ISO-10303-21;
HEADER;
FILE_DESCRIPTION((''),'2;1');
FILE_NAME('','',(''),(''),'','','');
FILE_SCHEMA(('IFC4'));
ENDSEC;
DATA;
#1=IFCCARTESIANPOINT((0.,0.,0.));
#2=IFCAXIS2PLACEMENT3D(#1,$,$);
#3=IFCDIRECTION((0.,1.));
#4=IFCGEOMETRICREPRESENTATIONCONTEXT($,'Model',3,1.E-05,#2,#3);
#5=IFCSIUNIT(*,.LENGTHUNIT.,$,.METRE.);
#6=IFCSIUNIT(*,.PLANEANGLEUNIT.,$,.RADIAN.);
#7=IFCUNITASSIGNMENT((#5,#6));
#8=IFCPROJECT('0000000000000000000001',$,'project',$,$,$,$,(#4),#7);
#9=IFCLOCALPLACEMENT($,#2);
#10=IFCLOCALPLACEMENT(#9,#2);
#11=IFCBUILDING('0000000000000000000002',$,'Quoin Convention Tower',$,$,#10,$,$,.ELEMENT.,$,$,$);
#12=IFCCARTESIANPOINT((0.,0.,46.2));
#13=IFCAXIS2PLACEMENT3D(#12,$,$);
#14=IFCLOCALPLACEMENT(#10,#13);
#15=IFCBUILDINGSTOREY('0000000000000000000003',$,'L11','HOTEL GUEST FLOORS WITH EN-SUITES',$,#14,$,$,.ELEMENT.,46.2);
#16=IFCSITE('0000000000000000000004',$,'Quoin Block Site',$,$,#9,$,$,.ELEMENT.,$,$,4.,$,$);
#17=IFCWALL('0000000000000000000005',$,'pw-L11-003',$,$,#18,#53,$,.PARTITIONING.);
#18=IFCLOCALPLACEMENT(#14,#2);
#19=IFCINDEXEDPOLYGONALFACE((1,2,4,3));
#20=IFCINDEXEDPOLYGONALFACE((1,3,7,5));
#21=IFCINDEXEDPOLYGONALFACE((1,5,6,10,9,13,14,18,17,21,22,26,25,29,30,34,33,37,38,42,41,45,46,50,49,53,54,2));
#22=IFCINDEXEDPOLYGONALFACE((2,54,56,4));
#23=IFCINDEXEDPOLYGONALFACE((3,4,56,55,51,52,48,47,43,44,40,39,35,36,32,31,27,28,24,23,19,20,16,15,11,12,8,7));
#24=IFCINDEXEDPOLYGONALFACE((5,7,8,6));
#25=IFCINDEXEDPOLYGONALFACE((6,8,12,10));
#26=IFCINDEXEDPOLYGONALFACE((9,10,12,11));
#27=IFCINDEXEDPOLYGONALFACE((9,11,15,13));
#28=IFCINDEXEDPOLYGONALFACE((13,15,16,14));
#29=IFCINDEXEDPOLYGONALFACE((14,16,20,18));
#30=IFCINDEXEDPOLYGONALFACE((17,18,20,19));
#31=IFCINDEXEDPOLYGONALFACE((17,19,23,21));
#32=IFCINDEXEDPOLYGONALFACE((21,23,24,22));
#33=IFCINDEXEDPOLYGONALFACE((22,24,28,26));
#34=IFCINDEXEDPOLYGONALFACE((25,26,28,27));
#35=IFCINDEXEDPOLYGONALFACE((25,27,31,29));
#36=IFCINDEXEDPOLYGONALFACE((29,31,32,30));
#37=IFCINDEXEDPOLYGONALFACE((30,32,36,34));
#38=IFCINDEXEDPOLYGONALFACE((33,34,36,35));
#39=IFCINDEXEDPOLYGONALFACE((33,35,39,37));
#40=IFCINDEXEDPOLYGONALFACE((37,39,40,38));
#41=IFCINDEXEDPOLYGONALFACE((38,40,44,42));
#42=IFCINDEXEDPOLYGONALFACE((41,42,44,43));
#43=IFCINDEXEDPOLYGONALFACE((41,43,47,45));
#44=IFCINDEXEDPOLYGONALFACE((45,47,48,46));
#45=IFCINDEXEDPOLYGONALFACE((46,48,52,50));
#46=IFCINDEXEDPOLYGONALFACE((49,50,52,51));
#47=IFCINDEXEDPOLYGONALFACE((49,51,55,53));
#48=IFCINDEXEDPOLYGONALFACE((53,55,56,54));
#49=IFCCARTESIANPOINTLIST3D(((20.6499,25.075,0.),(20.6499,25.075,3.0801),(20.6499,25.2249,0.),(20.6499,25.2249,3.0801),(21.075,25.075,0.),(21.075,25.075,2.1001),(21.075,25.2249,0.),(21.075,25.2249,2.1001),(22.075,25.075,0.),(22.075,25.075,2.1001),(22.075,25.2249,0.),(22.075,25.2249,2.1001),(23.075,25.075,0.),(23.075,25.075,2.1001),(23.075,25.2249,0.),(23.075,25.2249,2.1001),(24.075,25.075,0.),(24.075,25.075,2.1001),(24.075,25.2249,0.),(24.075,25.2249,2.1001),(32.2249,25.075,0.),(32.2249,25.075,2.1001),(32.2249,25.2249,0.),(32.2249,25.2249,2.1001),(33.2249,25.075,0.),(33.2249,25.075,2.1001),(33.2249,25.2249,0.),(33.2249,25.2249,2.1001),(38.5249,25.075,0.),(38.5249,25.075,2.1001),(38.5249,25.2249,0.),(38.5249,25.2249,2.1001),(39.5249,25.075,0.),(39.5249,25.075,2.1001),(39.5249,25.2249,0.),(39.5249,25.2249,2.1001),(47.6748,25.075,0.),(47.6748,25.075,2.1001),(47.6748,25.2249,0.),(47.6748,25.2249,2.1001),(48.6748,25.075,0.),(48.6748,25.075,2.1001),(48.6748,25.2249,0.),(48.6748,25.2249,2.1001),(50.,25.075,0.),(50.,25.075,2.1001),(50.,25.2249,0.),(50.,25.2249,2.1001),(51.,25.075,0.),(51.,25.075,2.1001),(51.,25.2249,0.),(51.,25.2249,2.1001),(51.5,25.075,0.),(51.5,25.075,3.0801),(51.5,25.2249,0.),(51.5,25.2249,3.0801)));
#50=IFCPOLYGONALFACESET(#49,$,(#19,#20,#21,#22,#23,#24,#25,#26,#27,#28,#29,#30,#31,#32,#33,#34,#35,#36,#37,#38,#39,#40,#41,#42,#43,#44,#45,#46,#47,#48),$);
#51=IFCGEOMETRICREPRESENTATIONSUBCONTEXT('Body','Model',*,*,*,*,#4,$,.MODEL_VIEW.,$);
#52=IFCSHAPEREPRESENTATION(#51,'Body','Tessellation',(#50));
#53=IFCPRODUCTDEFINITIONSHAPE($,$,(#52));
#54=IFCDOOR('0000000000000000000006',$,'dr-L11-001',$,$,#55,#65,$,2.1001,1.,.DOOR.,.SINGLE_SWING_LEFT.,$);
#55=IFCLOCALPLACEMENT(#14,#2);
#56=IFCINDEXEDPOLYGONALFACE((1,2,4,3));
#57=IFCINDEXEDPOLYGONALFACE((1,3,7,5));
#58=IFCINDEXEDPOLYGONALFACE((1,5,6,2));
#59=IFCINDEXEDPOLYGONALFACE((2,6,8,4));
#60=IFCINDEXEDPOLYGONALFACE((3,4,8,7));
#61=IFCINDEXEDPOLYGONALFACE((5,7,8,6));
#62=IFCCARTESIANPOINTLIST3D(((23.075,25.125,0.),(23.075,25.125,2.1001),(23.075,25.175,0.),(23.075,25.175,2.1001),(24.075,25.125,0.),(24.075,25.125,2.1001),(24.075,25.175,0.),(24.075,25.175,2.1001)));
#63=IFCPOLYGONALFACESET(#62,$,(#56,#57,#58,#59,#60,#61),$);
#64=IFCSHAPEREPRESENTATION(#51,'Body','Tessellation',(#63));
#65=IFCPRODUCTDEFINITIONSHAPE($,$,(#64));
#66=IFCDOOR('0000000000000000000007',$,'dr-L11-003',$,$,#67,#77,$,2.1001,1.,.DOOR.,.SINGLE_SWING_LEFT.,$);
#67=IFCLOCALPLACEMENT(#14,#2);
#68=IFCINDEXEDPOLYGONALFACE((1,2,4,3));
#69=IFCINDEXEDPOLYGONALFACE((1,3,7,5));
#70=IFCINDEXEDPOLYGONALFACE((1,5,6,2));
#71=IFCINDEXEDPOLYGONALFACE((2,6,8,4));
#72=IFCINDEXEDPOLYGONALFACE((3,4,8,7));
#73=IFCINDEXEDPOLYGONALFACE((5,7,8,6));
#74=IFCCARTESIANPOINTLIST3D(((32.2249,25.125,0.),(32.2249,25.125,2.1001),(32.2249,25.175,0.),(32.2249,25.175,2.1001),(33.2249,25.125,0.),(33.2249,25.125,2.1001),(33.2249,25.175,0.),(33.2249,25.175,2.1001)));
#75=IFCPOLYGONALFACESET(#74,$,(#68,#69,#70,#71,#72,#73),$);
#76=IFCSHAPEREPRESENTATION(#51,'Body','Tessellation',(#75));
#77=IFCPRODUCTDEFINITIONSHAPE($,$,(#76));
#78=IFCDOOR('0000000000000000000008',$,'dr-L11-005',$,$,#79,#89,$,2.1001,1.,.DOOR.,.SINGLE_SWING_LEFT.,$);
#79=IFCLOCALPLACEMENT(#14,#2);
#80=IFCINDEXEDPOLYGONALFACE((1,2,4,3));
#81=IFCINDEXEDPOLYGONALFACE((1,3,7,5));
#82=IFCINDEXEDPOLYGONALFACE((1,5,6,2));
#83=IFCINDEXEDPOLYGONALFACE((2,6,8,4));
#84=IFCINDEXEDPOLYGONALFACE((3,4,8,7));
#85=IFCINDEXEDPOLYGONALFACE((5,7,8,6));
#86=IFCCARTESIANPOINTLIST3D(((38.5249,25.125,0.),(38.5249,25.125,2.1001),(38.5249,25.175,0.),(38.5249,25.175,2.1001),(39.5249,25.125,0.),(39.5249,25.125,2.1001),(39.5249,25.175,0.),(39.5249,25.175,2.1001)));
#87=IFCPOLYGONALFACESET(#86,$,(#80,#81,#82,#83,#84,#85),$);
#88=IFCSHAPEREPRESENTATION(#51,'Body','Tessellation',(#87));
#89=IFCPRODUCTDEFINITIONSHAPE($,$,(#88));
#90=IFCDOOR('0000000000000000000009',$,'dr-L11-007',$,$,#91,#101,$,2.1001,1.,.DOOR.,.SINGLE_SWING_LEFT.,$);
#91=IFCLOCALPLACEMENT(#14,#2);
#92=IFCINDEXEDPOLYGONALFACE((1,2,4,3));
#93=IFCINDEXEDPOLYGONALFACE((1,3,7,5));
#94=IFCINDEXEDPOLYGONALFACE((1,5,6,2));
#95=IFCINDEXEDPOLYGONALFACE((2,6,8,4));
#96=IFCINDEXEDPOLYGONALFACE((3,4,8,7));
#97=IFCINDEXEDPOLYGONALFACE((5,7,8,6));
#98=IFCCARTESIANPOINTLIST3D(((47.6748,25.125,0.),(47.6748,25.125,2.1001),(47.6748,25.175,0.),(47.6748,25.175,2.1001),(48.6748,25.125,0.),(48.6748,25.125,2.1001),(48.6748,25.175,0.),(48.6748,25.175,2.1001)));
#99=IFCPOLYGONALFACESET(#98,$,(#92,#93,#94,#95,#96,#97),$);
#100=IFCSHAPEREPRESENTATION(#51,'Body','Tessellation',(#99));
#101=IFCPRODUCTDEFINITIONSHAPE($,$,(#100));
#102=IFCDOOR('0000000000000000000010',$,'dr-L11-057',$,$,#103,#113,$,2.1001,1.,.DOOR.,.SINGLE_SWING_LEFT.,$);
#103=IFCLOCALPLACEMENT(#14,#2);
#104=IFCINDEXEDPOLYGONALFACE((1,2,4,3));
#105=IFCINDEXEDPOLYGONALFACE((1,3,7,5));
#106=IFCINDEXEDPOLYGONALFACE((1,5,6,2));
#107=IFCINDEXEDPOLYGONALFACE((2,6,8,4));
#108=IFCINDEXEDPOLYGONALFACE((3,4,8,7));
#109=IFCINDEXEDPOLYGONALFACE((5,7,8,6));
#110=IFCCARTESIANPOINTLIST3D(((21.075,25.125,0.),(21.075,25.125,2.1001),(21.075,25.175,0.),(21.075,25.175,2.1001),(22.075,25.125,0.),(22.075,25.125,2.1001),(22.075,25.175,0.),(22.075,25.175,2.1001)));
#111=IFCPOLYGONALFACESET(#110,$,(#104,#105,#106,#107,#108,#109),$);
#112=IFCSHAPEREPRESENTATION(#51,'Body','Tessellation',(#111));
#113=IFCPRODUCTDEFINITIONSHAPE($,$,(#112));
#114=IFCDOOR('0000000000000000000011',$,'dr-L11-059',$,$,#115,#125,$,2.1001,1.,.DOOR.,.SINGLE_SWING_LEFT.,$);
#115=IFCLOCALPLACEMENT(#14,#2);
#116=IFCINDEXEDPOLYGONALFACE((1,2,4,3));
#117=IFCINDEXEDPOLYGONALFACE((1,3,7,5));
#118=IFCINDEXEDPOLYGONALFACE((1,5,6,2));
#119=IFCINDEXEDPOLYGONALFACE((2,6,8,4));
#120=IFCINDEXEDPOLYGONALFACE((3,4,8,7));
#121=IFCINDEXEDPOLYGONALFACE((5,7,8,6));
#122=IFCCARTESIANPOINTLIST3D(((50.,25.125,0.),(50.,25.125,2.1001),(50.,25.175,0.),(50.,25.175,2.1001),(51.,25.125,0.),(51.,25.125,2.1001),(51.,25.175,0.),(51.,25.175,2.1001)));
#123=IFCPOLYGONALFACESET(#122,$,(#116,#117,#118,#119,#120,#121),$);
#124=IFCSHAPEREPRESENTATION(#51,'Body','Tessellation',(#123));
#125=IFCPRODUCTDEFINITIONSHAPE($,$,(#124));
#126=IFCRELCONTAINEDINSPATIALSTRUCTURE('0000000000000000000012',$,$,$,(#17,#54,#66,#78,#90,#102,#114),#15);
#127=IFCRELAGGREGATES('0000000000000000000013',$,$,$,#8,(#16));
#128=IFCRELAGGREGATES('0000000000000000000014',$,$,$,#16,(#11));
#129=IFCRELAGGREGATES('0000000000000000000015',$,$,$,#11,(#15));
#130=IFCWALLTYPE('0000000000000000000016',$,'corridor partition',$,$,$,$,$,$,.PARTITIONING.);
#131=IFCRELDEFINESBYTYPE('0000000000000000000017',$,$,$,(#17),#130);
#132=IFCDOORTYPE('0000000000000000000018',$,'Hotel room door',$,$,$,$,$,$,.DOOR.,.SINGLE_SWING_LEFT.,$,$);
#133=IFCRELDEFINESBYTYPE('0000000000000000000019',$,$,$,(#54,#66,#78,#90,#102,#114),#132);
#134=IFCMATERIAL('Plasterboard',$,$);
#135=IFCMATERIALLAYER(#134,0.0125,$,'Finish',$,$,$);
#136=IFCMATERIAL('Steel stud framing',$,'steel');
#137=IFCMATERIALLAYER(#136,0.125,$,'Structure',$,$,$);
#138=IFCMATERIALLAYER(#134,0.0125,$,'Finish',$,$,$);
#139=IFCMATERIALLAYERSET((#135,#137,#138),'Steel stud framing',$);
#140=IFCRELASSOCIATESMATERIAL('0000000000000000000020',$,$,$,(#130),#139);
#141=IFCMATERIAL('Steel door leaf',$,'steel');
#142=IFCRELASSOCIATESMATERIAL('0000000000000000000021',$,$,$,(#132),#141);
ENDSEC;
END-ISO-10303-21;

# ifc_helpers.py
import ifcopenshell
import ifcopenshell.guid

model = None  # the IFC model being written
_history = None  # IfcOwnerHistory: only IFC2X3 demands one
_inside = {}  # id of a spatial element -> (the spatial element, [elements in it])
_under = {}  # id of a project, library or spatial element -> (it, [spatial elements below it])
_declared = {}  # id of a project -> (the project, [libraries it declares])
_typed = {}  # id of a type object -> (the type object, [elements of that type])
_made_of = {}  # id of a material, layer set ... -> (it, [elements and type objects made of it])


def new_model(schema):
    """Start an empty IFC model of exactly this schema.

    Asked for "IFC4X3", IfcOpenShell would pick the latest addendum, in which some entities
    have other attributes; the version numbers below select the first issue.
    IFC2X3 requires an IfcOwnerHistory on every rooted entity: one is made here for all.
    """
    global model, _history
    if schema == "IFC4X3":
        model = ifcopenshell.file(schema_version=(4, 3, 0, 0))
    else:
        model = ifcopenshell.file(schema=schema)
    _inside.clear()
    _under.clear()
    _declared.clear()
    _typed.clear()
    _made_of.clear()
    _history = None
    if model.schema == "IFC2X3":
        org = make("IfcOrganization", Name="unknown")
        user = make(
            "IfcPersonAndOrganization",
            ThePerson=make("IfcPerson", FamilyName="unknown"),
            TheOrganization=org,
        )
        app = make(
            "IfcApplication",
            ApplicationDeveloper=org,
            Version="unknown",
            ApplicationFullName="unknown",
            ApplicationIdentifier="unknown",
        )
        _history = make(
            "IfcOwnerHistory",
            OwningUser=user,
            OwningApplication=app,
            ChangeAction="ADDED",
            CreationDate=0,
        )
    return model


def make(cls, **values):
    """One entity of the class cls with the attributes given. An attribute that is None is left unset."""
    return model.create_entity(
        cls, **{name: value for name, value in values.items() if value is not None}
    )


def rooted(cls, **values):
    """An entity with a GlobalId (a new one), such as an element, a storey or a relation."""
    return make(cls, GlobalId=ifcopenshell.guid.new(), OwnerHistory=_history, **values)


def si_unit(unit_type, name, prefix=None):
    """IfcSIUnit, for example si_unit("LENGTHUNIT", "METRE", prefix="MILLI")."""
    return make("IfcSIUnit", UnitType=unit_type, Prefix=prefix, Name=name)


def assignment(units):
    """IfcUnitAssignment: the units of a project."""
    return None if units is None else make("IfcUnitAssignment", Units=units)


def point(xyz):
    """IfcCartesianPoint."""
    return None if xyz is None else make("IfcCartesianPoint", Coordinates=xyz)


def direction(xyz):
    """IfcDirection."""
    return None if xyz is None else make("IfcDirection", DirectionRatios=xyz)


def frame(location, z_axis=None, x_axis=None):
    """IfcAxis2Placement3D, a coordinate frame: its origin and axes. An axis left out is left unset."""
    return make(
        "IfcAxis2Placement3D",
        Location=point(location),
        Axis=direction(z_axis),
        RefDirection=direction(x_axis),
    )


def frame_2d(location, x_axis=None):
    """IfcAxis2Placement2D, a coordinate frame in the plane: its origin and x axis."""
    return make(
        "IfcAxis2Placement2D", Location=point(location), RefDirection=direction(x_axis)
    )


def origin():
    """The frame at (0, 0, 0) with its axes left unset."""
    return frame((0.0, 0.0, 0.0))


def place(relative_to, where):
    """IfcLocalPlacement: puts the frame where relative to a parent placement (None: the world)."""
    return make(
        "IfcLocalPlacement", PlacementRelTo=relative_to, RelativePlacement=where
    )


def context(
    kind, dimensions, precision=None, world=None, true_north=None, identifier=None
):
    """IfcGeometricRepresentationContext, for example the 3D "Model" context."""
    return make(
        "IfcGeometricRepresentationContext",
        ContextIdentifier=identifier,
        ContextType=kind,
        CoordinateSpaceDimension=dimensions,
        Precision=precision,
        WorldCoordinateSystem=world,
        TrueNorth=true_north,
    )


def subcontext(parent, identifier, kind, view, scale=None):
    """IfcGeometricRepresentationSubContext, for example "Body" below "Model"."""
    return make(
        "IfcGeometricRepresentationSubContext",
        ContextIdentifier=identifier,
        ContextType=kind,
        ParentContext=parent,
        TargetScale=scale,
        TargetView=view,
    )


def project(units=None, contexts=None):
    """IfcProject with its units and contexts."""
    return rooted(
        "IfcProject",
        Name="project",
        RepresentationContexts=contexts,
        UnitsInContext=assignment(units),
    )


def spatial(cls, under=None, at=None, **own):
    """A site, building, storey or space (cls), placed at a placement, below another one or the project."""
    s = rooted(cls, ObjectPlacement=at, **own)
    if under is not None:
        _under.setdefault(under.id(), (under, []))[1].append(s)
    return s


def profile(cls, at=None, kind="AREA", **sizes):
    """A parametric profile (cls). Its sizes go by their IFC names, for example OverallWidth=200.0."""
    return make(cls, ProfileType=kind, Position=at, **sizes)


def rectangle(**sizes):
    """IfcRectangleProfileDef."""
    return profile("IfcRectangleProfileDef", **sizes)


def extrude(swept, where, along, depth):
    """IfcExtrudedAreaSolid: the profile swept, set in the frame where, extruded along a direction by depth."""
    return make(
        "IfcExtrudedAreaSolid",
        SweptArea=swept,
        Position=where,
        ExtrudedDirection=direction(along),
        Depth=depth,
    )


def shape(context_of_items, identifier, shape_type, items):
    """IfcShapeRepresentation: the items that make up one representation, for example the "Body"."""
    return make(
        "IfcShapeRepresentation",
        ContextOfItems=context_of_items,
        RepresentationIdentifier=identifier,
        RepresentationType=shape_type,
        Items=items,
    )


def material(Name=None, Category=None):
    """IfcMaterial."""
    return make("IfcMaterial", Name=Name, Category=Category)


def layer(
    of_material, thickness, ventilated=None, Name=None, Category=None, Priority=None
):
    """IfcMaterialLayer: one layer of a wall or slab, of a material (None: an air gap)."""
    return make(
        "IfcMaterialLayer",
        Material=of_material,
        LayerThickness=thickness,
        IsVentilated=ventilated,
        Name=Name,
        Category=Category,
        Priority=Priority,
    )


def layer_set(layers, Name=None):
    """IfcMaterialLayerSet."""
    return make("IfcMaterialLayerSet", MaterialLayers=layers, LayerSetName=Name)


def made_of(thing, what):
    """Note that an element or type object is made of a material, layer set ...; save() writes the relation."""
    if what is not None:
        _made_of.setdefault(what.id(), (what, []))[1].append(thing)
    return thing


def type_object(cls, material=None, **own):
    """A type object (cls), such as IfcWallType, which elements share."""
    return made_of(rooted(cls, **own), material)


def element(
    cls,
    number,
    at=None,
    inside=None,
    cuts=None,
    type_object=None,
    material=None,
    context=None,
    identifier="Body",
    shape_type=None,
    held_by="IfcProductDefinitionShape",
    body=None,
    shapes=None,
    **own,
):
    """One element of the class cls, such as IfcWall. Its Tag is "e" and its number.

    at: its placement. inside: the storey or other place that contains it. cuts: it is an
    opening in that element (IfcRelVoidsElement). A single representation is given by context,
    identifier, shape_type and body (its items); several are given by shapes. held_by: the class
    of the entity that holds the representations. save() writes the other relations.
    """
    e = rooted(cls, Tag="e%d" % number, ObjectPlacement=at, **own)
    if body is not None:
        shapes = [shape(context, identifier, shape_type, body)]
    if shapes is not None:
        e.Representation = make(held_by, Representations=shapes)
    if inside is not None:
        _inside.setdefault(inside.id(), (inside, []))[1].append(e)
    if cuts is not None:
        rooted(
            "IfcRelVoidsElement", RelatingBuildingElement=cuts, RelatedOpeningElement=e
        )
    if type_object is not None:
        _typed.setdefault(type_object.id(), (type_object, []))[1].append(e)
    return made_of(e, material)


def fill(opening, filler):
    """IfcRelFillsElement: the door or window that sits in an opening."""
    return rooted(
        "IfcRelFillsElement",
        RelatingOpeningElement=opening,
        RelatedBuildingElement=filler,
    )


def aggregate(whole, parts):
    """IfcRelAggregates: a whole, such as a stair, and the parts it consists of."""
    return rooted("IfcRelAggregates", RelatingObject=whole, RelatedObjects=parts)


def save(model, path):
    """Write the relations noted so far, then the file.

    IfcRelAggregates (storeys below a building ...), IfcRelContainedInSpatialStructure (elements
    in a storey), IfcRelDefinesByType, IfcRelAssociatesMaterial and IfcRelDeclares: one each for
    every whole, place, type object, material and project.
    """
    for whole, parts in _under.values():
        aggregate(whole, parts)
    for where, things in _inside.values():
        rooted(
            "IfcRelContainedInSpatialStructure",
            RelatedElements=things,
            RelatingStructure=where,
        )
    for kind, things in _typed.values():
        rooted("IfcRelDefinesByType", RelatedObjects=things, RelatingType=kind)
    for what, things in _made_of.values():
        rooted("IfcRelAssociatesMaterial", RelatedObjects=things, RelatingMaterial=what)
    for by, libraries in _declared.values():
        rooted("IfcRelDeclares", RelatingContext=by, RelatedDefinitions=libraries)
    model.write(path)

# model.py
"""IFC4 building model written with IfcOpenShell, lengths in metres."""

from ifc_helpers import new_model, si_unit, direction, frame, frame_2d, origin, place, context, subcontext, project, spatial, rectangle, extrude, material, layer, layer_set, type_object, element, fill, save


model = new_model("IFC4")

# Units and contexts
model_context = context("Model", 3, precision=1e-05, world=origin(), true_north=direction((0.0, 1.0)))
body_context = subcontext(model_context, "Body", "Model", "MODEL_VIEW")
ifc_project = project(units=[si_unit("LENGTHUNIT", "METRE"), si_unit("PLANEANGLEUNIT", "RADIAN")], contexts=[model_context])

# Site, building, storey
site_placement = place(None, origin())
site = spatial("IfcSite", under=ifc_project, at=site_placement, Name="Quoin Block Site", CompositionType="ELEMENT", RefElevation=4.0)
building_placement = place(site_placement, origin())
building = spatial("IfcBuilding", under=site, at=building_placement, Name="Quoin Convention Tower", CompositionType="ELEMENT")
storey_placement = place(building_placement, frame((0.0, 0.0, 46.2)))
storey = spatial("IfcBuildingStorey", under=building, at=storey_placement, Name="L11", Description="HOTEL GUEST FLOORS WITH EN-SUITES", CompositionType="ELEMENT", Elevation=46.2)

# Shared definitions
ifc_material_1 = material(Name="Steel door leaf", Category="steel")

# Wall, openings, doors
ifc_material_2 = material(Name="Plasterboard")
ifc_layer_1 = layer(ifc_material_2, 0.0125, Name="Finish")
ifc_material_3 = material(Name="Steel stud framing", Category="steel")
ifc_layer_2 = layer(ifc_material_3, 0.125, Name="Structure")
ifc_layer_3 = layer(ifc_material_2, 0.0125, Name="Finish")
ifc_layer_set_1 = layer_set([ifc_layer_1, ifc_layer_2, ifc_layer_3], Name="Steel stud framing")
wall_type_1 = type_object("IfcWallType", Name="corridor partition", PredefinedType="PARTITIONING", material=ifc_layer_set_1)
wall_1_placement = place(storey_placement, frame((20.6499, 25.1499, 0.0), z_axis=(0.0, 0.0, 1.0), x_axis=(1.0, 0.0, 0.0)))
wall_1 = element("IfcWall", 1, at=wall_1_placement, inside=storey, type_object=wall_type_1, Name="pw-L11-003", PredefinedType="PARTITIONING", context=body_context, shape_type="SweptSolid", body=[
    extrude(rectangle(XDim=30.8501, YDim=0.1499, at=frame_2d((15.425, 0.0))), origin(), (0.0, 0.0, 1.0), 3.0801),
])
opening_1_placement = place(wall_1_placement, frame((2.425, 0.0, 0.0)))
opening_1 = element("IfcOpeningElement", 2, at=opening_1_placement, cuts=wall_1, PredefinedType="OPENING", context=body_context, shape_type="SweptSolid", body=[
    extrude(rectangle(XDim=1.0, YDim=2.1001, at=frame_2d((0.5, 1.05))), frame((0.0, 0.085, 0.0), z_axis=(0.0, -1.0, 0.0), x_axis=(1.0, 0.0, 0.0)), (0.0, 0.0, 1.0), 0.1699),
])
opening_2_placement = place(wall_1_placement, frame((11.575, 0.0, 0.0)))
opening_2 = element("IfcOpeningElement", 3, at=opening_2_placement, cuts=wall_1, PredefinedType="OPENING", context=body_context, shape_type="SweptSolid", body=[
    extrude(rectangle(XDim=1.0, YDim=2.1001, at=frame_2d((0.5, 1.05))), frame((0.0, 0.085, 0.0), z_axis=(0.0, -1.0, 0.0), x_axis=(1.0, 0.0, 0.0)), (0.0, 0.0, 1.0), 0.1699),
])
opening_3_placement = place(wall_1_placement, frame((17.875, 0.0, 0.0)))
opening_3 = element("IfcOpeningElement", 4, at=opening_3_placement, cuts=wall_1, PredefinedType="OPENING", context=body_context, shape_type="SweptSolid", body=[
    extrude(rectangle(XDim=1.0, YDim=2.1001, at=frame_2d((0.5, 1.05))), frame((0.0, 0.085, 0.0), z_axis=(0.0, -1.0, 0.0), x_axis=(1.0, 0.0, 0.0)), (0.0, 0.0, 1.0), 0.1699),
])
opening_4_placement = place(wall_1_placement, frame((27.0249, 0.0, 0.0)))
opening_4 = element("IfcOpeningElement", 5, at=opening_4_placement, cuts=wall_1, PredefinedType="OPENING", context=body_context, shape_type="SweptSolid", body=[
    extrude(rectangle(XDim=1.0, YDim=2.1001, at=frame_2d((0.5, 1.05))), frame((0.0, 0.085, 0.0), z_axis=(0.0, -1.0, 0.0), x_axis=(1.0, 0.0, 0.0)), (0.0, 0.0, 1.0), 0.1699),
])
opening_5_placement = place(wall_1_placement, frame((0.425, 0.0, 0.0)))
opening_5 = element("IfcOpeningElement", 6, at=opening_5_placement, cuts=wall_1, PredefinedType="OPENING", context=body_context, shape_type="SweptSolid", body=[
    extrude(rectangle(XDim=1.0, YDim=2.1001, at=frame_2d((0.5, 1.05))), frame((0.0, 0.085, 0.0), z_axis=(0.0, -1.0, 0.0), x_axis=(1.0, 0.0, 0.0)), (0.0, 0.0, 1.0), 0.1699),
])
opening_6_placement = place(wall_1_placement, frame((29.3501, 0.0, 0.0)))
opening_6 = element("IfcOpeningElement", 7, at=opening_6_placement, cuts=wall_1, PredefinedType="OPENING", context=body_context, shape_type="SweptSolid", body=[
    extrude(rectangle(XDim=1.0, YDim=2.1001, at=frame_2d((0.5, 1.05))), frame((0.0, 0.085, 0.0), z_axis=(0.0, -1.0, 0.0), x_axis=(1.0, 0.0, 0.0)), (0.0, 0.0, 1.0), 0.1699),
])
door_type_1 = type_object("IfcDoorType", Name="Hotel room door", OperationType="SINGLE_SWING_LEFT", PredefinedType="DOOR", material=ifc_material_1)
door_1_placement = place(opening_1_placement, frame((1.0, 0.0, 0.0), z_axis=(0.0, 0.0, 1.0), x_axis=(-1.0, 0.0, 0.0)))
door_1 = element("IfcDoor", 8, at=door_1_placement, inside=storey, type_object=door_type_1, Name="dr-L11-001", OperationType="SINGLE_SWING_LEFT", OverallHeight=2.1001, OverallWidth=1.0, PredefinedType="DOOR", context=body_context, shape_type="SweptSolid", body=[
    extrude(rectangle(XDim=1.0, YDim=2.1001, at=frame_2d((0.5, 1.05))), frame((0.0, 0.0249, 0.0), z_axis=(0.0, -1.0, 0.0), x_axis=(1.0, 0.0, 0.0)), (0.0, 0.0, 1.0), 0.05),
])
fill(opening_1, door_1)
door_2_placement = place(opening_2_placement, frame((1.0, 0.0, 0.0), z_axis=(0.0, 0.0, 1.0), x_axis=(-1.0, 0.0, 0.0)))
door_2 = element("IfcDoor", 9, at=door_2_placement, inside=storey, type_object=door_type_1, Name="dr-L11-003", OperationType="SINGLE_SWING_LEFT", OverallHeight=2.1001, OverallWidth=1.0, PredefinedType="DOOR", context=body_context, shape_type="SweptSolid", body=[
    extrude(rectangle(XDim=1.0, YDim=2.1001, at=frame_2d((0.5, 1.05))), frame((0.0, 0.0249, 0.0), z_axis=(0.0, -1.0, 0.0), x_axis=(1.0, 0.0, 0.0)), (0.0, 0.0, 1.0), 0.05),
])
fill(opening_2, door_2)
door_3_placement = place(opening_3_placement, frame((1.0, 0.0, 0.0), z_axis=(0.0, 0.0, 1.0), x_axis=(-1.0, 0.0, 0.0)))
door_3 = element("IfcDoor", 10, at=door_3_placement, inside=storey, type_object=door_type_1, Name="dr-L11-005", OperationType="SINGLE_SWING_LEFT", OverallHeight=2.1001, OverallWidth=1.0, PredefinedType="DOOR", context=body_context, shape_type="SweptSolid", body=[
    extrude(rectangle(XDim=1.0, YDim=2.1001, at=frame_2d((0.5, 1.05))), frame((0.0, 0.0249, 0.0), z_axis=(0.0, -1.0, 0.0), x_axis=(1.0, 0.0, 0.0)), (0.0, 0.0, 1.0), 0.05),
])
fill(opening_3, door_3)
door_4_placement = place(opening_4_placement, frame((1.0, 0.0, 0.0), z_axis=(0.0, 0.0, 1.0), x_axis=(-1.0, 0.0, 0.0)))
door_4 = element("IfcDoor", 11, at=door_4_placement, inside=storey, type_object=door_type_1, Name="dr-L11-007", OperationType="SINGLE_SWING_LEFT", OverallHeight=2.1001, OverallWidth=1.0, PredefinedType="DOOR", context=body_context, shape_type="SweptSolid", body=[
    extrude(rectangle(XDim=1.0, YDim=2.1001, at=frame_2d((0.5, 1.05))), frame((0.0, 0.0249, 0.0), z_axis=(0.0, -1.0, 0.0), x_axis=(1.0, 0.0, 0.0)), (0.0, 0.0, 1.0), 0.05),
])
fill(opening_4, door_4)
door_5_placement = place(opening_5_placement, frame((1.0, 0.0, 0.0), z_axis=(0.0, 0.0, 1.0), x_axis=(-1.0, 0.0, 0.0)))
door_5 = element("IfcDoor", 12, at=door_5_placement, inside=storey, type_object=door_type_1, Name="dr-L11-057", OperationType="SINGLE_SWING_LEFT", OverallHeight=2.1001, OverallWidth=1.0, PredefinedType="DOOR", context=body_context, shape_type="SweptSolid", body=[
    extrude(rectangle(XDim=1.0, YDim=2.1001, at=frame_2d((0.5, 1.05))), frame((0.0, 0.0249, 0.0), z_axis=(0.0, -1.0, 0.0), x_axis=(1.0, 0.0, 0.0)), (0.0, 0.0, 1.0), 0.05),
])
fill(opening_5, door_5)
door_6_placement = place(opening_6_placement, frame((1.0, 0.0, 0.0), z_axis=(0.0, 0.0, 1.0), x_axis=(-1.0, 0.0, 0.0)))
door_6 = element("IfcDoor", 13, at=door_6_placement, inside=storey, type_object=door_type_1, Name="dr-L11-059", OperationType="SINGLE_SWING_LEFT", OverallHeight=2.1001, OverallWidth=1.0, PredefinedType="DOOR", context=body_context, shape_type="SweptSolid", body=[
    extrude(rectangle(XDim=1.0, YDim=2.1001, at=frame_2d((0.5, 1.05))), frame((0.0, 0.0249, 0.0), z_axis=(0.0, -1.0, 0.0), x_axis=(1.0, 0.0, 0.0)), (0.0, 0.0, 1.0), 0.05),
])
fill(opening_6, door_6)

save(model, "model.ifc")
